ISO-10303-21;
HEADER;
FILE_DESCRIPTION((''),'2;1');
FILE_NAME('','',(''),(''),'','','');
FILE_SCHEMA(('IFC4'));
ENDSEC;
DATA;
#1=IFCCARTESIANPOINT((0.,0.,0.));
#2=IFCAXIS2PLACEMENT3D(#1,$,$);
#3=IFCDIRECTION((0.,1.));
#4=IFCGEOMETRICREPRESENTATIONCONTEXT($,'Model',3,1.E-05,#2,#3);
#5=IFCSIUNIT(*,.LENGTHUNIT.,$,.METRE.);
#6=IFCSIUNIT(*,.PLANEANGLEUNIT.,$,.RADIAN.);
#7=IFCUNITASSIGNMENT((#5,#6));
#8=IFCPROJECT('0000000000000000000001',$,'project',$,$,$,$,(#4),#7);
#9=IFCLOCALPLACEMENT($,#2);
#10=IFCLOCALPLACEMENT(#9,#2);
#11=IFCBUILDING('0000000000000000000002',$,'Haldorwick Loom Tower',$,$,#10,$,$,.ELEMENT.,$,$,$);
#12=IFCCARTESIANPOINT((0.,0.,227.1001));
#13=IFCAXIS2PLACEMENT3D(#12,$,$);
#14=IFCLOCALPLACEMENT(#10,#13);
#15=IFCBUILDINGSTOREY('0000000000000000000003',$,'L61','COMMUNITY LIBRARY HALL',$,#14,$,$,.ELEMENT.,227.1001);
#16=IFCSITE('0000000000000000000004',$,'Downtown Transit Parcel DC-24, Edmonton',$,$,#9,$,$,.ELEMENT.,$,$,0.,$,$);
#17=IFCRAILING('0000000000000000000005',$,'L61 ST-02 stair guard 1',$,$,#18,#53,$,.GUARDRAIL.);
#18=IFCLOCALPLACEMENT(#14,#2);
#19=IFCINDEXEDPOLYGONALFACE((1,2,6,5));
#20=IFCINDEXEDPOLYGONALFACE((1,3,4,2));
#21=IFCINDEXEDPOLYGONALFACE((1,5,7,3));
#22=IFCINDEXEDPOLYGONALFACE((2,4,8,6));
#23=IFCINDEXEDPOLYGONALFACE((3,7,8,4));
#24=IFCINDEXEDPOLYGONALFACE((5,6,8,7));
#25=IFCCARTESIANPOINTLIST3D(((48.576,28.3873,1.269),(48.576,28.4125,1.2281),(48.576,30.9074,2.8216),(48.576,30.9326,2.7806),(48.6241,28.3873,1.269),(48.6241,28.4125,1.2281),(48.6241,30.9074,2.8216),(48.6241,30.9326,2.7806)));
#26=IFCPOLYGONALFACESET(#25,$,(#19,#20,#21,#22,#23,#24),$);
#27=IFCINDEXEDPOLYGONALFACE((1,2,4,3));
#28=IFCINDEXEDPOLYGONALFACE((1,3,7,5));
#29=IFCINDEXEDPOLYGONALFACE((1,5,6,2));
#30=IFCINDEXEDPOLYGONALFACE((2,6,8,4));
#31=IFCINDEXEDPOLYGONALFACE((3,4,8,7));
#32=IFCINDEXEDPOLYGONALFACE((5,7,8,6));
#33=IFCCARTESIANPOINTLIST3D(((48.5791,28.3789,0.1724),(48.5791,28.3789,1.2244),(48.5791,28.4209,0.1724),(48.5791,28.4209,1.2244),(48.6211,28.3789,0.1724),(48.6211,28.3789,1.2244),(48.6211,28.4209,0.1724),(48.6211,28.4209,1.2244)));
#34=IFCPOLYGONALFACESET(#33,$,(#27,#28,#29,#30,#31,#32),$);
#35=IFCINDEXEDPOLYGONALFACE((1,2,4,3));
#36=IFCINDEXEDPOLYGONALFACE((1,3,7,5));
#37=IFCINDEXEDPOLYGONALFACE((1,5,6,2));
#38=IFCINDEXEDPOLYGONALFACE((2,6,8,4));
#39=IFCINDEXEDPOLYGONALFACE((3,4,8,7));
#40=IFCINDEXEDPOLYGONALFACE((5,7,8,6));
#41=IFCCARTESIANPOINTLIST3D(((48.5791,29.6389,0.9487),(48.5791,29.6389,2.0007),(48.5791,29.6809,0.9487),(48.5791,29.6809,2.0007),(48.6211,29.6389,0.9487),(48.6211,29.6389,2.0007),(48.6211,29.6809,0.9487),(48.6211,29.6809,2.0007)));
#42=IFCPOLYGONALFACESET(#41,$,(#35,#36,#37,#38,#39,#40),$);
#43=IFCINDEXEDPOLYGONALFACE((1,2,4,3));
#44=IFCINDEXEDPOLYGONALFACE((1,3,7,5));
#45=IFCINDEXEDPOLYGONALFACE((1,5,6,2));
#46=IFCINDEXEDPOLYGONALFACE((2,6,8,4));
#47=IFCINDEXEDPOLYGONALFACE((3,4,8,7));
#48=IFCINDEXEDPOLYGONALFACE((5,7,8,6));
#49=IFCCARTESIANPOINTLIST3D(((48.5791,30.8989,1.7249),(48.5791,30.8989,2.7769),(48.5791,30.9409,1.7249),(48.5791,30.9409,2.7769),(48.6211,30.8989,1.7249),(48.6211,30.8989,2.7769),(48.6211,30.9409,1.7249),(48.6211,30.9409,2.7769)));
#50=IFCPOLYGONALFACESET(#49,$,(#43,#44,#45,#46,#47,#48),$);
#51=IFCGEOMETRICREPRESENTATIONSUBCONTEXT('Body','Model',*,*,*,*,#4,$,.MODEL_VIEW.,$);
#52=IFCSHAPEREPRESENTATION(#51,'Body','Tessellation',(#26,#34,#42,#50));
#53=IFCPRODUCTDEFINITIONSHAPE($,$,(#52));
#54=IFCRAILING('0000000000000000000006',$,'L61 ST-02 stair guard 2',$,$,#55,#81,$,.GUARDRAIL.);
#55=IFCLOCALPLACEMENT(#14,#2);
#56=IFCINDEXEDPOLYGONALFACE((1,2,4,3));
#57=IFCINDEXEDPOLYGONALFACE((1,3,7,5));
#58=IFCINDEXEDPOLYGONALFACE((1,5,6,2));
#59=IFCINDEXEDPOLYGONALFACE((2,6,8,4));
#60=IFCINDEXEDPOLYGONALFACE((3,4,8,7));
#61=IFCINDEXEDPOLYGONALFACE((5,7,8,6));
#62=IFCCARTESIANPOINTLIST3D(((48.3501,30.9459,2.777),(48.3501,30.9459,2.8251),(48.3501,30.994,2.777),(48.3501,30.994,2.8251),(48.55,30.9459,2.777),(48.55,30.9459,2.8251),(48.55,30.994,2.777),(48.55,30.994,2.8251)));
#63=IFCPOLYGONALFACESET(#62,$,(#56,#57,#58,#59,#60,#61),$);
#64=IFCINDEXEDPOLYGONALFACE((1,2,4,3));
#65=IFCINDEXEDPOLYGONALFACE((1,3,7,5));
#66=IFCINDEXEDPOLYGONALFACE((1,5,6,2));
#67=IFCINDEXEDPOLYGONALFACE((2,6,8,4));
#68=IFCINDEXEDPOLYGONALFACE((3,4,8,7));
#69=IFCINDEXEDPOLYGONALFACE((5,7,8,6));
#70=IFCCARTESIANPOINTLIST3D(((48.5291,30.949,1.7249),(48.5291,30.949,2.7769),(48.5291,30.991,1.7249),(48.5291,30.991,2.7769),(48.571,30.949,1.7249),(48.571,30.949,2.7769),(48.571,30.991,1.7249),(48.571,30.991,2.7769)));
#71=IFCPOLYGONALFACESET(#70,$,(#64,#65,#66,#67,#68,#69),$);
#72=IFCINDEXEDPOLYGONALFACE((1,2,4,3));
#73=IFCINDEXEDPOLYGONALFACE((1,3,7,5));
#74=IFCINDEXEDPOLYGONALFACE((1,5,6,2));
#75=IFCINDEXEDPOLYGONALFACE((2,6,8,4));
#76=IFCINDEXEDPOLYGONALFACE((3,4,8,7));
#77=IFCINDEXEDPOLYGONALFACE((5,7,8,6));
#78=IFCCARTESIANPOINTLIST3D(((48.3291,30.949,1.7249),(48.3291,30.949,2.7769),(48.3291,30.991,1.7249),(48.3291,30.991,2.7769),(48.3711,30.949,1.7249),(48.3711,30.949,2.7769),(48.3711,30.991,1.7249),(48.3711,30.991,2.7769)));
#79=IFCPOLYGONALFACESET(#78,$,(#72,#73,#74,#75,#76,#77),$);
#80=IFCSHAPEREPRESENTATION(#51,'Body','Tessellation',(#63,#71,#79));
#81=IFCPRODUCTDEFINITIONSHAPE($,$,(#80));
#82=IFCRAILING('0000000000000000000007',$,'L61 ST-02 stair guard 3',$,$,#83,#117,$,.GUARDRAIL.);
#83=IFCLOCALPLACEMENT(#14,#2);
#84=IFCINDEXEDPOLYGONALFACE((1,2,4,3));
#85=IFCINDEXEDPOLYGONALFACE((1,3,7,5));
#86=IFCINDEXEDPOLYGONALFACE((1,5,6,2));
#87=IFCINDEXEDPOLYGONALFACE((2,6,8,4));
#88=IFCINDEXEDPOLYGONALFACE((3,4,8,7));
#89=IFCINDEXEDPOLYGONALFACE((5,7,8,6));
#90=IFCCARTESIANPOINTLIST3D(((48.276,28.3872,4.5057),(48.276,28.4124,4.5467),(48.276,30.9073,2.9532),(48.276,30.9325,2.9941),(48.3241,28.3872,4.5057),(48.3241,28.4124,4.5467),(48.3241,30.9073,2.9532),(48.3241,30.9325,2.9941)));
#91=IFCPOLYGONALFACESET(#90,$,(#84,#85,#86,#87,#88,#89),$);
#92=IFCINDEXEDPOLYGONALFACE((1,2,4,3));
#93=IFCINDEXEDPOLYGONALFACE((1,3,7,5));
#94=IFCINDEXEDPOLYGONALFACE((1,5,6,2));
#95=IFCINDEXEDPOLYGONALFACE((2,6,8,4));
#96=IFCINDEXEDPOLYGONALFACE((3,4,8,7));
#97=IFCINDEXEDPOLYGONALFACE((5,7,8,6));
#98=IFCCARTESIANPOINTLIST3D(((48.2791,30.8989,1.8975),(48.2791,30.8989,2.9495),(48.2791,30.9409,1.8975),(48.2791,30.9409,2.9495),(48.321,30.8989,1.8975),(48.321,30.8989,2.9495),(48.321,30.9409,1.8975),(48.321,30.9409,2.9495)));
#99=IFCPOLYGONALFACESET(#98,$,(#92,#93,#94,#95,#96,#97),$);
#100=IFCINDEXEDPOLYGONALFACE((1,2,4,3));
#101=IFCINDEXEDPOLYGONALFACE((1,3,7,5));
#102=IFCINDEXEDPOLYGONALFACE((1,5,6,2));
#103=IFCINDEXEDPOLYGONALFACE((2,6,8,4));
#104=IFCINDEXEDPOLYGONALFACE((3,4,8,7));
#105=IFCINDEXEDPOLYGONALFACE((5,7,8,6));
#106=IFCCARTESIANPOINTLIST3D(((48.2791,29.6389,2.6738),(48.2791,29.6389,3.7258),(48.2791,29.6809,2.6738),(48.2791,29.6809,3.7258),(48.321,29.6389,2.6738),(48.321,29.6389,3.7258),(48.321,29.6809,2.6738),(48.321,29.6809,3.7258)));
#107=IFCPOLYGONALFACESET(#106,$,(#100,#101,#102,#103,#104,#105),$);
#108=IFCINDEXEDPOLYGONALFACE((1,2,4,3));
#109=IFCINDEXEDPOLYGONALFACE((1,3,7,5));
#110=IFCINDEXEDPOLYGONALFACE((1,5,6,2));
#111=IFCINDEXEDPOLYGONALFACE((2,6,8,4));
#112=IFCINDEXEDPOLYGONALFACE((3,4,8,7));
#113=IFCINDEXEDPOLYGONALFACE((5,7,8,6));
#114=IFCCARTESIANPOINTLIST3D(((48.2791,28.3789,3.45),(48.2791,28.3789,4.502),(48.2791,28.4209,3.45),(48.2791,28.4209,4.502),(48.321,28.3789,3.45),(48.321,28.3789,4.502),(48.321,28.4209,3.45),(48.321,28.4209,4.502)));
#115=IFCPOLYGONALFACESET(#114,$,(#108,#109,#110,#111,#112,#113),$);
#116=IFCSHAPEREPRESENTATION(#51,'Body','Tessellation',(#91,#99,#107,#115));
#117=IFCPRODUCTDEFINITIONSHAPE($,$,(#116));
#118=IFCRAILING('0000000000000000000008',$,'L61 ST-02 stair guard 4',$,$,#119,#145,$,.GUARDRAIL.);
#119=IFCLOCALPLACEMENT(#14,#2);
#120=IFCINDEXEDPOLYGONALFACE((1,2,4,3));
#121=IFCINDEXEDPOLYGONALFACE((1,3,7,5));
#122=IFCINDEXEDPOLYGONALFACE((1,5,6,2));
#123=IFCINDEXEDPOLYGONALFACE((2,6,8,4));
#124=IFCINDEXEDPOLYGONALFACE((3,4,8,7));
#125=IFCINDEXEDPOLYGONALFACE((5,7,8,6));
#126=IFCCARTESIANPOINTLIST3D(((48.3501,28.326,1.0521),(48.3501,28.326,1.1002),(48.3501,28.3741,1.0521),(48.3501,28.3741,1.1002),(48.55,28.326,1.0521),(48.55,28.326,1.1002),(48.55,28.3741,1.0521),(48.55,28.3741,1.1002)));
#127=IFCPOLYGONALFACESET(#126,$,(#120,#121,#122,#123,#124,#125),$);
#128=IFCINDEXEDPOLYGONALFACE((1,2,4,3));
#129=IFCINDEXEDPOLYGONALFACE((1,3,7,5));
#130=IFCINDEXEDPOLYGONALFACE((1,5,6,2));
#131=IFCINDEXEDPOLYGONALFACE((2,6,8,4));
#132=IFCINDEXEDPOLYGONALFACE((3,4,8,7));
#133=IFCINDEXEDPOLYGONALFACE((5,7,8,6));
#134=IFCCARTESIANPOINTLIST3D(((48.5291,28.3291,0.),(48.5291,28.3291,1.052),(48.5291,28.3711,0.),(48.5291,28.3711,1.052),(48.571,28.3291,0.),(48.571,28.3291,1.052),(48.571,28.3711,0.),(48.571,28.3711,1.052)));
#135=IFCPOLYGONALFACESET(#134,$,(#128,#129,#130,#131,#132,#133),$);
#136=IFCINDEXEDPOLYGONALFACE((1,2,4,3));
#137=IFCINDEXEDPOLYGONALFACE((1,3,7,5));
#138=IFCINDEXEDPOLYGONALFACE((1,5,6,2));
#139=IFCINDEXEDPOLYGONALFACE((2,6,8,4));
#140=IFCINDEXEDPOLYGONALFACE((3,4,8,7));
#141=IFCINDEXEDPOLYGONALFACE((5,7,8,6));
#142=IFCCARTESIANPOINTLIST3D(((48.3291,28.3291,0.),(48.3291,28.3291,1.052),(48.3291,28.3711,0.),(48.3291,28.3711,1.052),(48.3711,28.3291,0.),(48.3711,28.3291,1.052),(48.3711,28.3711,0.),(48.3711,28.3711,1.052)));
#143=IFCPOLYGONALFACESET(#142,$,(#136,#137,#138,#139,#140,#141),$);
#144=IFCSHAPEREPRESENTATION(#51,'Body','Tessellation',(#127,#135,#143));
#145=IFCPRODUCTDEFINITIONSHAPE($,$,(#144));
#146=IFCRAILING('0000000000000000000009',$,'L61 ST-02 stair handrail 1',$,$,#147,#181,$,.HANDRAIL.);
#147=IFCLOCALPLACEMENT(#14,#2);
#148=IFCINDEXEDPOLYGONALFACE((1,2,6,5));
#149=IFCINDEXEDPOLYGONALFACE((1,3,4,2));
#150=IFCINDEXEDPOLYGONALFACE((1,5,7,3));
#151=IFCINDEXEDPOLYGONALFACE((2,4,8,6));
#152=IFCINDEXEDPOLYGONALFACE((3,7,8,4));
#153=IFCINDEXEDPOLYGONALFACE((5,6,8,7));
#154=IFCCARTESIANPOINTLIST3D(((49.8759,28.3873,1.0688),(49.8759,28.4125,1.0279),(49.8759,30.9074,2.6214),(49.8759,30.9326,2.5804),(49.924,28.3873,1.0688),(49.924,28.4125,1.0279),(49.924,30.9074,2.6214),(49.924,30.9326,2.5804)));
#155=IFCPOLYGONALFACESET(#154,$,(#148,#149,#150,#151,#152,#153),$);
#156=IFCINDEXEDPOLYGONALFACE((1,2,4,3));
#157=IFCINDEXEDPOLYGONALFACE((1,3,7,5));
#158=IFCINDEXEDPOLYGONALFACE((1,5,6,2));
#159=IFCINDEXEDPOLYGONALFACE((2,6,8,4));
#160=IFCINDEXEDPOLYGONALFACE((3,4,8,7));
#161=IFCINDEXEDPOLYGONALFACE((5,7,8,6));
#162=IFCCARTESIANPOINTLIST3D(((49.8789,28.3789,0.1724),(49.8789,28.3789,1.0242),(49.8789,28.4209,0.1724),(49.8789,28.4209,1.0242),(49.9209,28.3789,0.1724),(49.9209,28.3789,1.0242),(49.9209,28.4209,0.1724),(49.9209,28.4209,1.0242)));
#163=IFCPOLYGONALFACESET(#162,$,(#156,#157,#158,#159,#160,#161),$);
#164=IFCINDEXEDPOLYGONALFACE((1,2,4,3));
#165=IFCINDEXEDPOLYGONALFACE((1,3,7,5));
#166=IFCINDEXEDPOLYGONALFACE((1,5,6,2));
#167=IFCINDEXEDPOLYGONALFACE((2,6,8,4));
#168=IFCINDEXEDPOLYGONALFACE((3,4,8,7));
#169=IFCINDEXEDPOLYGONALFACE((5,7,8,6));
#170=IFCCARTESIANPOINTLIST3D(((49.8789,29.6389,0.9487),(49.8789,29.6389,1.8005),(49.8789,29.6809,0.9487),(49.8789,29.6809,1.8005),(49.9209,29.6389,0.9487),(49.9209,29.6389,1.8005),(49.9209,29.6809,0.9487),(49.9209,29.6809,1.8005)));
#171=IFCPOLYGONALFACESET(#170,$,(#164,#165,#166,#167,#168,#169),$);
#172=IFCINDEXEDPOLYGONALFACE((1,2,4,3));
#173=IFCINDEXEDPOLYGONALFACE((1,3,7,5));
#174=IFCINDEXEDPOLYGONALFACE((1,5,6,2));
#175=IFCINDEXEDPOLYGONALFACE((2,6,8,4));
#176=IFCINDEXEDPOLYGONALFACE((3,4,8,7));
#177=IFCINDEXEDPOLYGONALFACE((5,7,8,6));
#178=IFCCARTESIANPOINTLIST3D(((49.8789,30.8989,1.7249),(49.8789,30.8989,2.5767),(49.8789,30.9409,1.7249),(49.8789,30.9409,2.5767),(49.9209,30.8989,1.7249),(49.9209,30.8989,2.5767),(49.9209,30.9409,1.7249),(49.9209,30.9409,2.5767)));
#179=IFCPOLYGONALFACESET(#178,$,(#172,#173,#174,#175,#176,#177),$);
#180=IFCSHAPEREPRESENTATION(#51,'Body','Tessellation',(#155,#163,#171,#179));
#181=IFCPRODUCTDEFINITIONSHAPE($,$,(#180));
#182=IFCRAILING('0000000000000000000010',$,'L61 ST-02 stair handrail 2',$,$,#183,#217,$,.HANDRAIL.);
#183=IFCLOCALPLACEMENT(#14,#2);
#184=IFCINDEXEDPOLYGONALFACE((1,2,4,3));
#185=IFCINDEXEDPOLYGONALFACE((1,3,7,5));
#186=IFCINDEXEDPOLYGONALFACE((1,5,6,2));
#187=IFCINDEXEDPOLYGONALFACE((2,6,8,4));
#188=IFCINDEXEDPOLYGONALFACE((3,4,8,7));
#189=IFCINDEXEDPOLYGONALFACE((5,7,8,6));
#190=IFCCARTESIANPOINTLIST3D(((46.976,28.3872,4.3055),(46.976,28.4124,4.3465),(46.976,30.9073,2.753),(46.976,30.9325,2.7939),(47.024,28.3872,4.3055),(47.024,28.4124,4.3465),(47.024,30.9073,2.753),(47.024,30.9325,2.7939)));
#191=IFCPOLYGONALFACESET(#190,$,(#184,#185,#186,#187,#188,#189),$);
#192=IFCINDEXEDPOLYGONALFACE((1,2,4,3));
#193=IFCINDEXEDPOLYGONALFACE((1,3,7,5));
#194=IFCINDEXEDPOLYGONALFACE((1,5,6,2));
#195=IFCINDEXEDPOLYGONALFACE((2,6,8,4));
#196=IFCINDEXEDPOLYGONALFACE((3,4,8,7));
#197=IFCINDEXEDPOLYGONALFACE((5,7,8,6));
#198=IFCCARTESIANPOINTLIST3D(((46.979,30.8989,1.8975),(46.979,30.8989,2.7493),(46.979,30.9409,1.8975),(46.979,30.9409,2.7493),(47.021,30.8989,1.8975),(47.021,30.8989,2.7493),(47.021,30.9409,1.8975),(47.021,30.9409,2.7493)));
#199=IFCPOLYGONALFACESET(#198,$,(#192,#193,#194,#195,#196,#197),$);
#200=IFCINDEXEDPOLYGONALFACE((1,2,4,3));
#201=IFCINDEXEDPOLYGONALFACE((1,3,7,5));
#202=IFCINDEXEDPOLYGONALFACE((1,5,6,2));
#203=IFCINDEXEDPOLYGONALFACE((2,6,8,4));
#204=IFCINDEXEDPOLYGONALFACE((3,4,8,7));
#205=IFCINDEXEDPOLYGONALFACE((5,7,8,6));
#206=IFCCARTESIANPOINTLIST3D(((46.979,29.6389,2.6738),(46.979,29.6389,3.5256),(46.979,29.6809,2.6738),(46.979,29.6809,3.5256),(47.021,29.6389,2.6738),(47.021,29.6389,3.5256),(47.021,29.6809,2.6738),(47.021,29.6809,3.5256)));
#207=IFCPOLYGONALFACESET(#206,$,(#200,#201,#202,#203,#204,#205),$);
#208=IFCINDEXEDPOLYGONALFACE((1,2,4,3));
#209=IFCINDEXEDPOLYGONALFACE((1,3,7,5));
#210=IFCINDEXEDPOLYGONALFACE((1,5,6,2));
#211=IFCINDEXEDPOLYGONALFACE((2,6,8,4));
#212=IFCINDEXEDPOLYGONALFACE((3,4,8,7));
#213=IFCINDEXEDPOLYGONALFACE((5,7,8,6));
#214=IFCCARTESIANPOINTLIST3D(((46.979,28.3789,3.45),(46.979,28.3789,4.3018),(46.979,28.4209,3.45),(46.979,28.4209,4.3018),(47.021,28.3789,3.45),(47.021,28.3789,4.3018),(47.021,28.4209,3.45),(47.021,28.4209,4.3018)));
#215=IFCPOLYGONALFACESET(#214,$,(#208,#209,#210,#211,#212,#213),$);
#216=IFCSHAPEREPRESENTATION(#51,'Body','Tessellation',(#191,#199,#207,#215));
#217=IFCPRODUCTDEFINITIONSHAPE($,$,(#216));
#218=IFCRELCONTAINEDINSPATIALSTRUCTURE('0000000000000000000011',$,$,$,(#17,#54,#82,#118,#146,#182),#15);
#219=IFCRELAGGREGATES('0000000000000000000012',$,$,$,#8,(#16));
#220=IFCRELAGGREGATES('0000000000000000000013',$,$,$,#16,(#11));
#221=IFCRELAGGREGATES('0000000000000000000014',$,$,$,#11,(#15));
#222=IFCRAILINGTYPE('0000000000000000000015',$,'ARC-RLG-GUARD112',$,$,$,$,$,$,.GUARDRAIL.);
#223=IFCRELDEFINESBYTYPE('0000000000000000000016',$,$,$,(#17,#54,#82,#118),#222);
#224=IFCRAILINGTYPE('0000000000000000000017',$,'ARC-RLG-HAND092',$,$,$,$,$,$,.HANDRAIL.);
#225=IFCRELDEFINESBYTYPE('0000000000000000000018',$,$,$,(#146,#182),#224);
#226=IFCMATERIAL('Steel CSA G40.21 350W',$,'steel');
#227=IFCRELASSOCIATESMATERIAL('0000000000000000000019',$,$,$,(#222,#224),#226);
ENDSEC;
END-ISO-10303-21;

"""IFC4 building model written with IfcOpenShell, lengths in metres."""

from ifc_helpers import new_model, si_unit, direction, frame, origin, origin_2d, place, context, subcontext, project, spatial, rectangle, extrude, material, type_object, element, save


model = new_model("IFC4")

# Units and contexts
model_context = context("Model", 3, precision=1e-05, world=origin(), true_north=direction((0.0, 1.0)))
body_context = subcontext(model_context, "Body", "Model", "MODEL_VIEW")
ifc_project = project(units=[si_unit("LENGTHUNIT", "METRE"), si_unit("PLANEANGLEUNIT", "RADIAN")], contexts=[model_context])

# Site, building, storey
site_placement = place(None, origin())
site = spatial("IfcSite", under=ifc_project, at=site_placement, Name="Downtown Transit Parcel DC-24, Edmonton", CompositionType="ELEMENT", RefElevation=0.0)
building_placement = place(site_placement, origin())
building = spatial("IfcBuilding", under=site, at=building_placement, Name="Haldorwick Loom Tower", CompositionType="ELEMENT")
storey_placement = place(building_placement, frame((0.0, 0.0, 227.1001)))
storey = spatial("IfcBuildingStorey", under=building, at=storey_placement, Name="L61", Description="COMMUNITY LIBRARY HALL", CompositionType="ELEMENT", Elevation=227.1001)

# Shared definitions
ifc_material_1 = material(Name="Steel CSA G40.21 350W", Category="steel")

# Railings
railing_type_1 = type_object("IfcRailingType", Name="ARC-RLG-GUARD112", PredefinedType="GUARDRAIL", material=ifc_material_1)
railing_1_placement = place(storey_placement, frame((48.6001, 28.3999, 0.1724)))
element("IfcRailing", 1, at=railing_1_placement, inside=storey, type_object=railing_type_1, Name="L61 ST-02 stair guard 1", PredefinedType="GUARDRAIL", context=body_context, shape_type="SweptSolid", body=[
    extrude(rectangle(XDim=0.0481, YDim=0.0481, at=origin_2d()), frame((0.0, 0.0, 1.0762), z_axis=(0.0, 0.8514, 0.524516), x_axis=(-1.0, 0.0, 0.0)), (0.0, 0.0, 1.0), 2.96),
    extrude(rectangle(XDim=0.042, YDim=0.042, at=origin_2d()), origin(), (0.0, 0.0, 1.0), 1.052),
    extrude(rectangle(XDim=0.042, YDim=0.042, at=origin_2d()), frame((0.0, 1.26, 0.7764)), (0.0, 0.0, 1.0), 1.052),
    extrude(rectangle(XDim=0.042, YDim=0.042, at=origin_2d()), frame((0.0, 2.52, 1.5525)), (0.0, 0.0, 1.0), 1.052),
])
railing_2_placement = place(storey_placement, frame((48.55, 30.97, 1.7249)))
element("IfcRailing", 2, at=railing_2_placement, inside=storey, type_object=railing_type_1, Name="L61 ST-02 stair guard 2", PredefinedType="GUARDRAIL", context=body_context, shape_type="SweptSolid", body=[
    extrude(rectangle(XDim=0.0481, YDim=0.0481, at=origin_2d()), frame((0.0, 0.0, 1.0762), z_axis=(-1.0, 0.0, 0.0), x_axis=(0.0, -1.0, 0.0)), (0.0, 0.0, 1.0), 0.2),
    extrude(rectangle(XDim=0.042, YDim=0.042, at=origin_2d()), origin(), (0.0, 0.0, 1.0), 1.052),
    extrude(rectangle(XDim=0.042, YDim=0.042, at=origin_2d()), frame((-0.2, 0.0, 0.0)), (0.0, 0.0, 1.0), 1.052),
])
railing_3_placement = place(storey_placement, frame((48.3, 30.9199, 1.8975)))
element("IfcRailing", 3, at=railing_3_placement, inside=storey, type_object=railing_type_1, Name="L61 ST-02 stair guard 3", PredefinedType="GUARDRAIL", context=body_context, shape_type="SweptSolid", body=[
    extrude(rectangle(XDim=0.0481, YDim=0.0481, at=origin_2d()), frame((0.0, 0.0, 1.0762), z_axis=(0.0, -0.8514, 0.524516), x_axis=(1.0, 0.0, 0.0)), (0.0, 0.0, 1.0), 2.96),
    extrude(rectangle(XDim=0.042, YDim=0.042, at=origin_2d()), origin(), (0.0, 0.0, 1.0), 1.052),
    extrude(rectangle(XDim=0.042, YDim=0.042, at=origin_2d()), frame((0.0, -1.26, 0.7764)), (0.0, 0.0, 1.0), 1.052),
    extrude(rectangle(XDim=0.042, YDim=0.042, at=origin_2d()), frame((0.0, -2.52, 1.5525)), (0.0, 0.0, 1.0), 1.052),
])
railing_4_placement = place(storey_placement, frame((48.55, 28.3501, 0.0)))
element("IfcRailing", 4, at=railing_4_placement, inside=storey, type_object=railing_type_1, Name="L61 ST-02 stair guard 4", PredefinedType="GUARDRAIL", context=body_context, shape_type="SweptSolid", body=[
    extrude(rectangle(XDim=0.0481, YDim=0.0481, at=origin_2d()), frame((0.0, 0.0, 1.0762), z_axis=(-1.0, 0.0, 0.0), x_axis=(0.0, -1.0, 0.0)), (0.0, 0.0, 1.0), 0.2),
    extrude(rectangle(XDim=0.042, YDim=0.042, at=origin_2d()), origin(), (0.0, 0.0, 1.0), 1.052),
    extrude(rectangle(XDim=0.042, YDim=0.042, at=origin_2d()), frame((-0.2, 0.0, 0.0)), (0.0, 0.0, 1.0), 1.052),
])
railing_type_2 = type_object("IfcRailingType", Name="ARC-RLG-HAND092", PredefinedType="HANDRAIL", material=ifc_material_1)
railing_5_placement = place(storey_placement, frame((49.8999, 28.3999, 0.1724)))
element("IfcRailing", 5, at=railing_5_placement, inside=storey, type_object=railing_type_2, Name="L61 ST-02 stair handrail 1", PredefinedType="HANDRAIL", context=body_context, shape_type="SweptSolid", body=[
    extrude(rectangle(XDim=0.0481, YDim=0.0481, at=origin_2d()), frame((0.0, 0.0, 0.876), z_axis=(0.0, 0.8514, 0.524516), x_axis=(-1.0, 0.0, 0.0)), (0.0, 0.0, 1.0), 2.96),
    extrude(rectangle(XDim=0.042, YDim=0.042, at=origin_2d()), origin(), (0.0, 0.0, 1.0), 0.8518),
    extrude(rectangle(XDim=0.042, YDim=0.042, at=origin_2d()), frame((0.0, 1.26, 0.7764)), (0.0, 0.0, 1.0), 0.8518),
    extrude(rectangle(XDim=0.042, YDim=0.042, at=origin_2d()), frame((0.0, 2.52, 1.5525)), (0.0, 0.0, 1.0), 0.8518),
])
railing_6_placement = place(storey_placement, frame((47.0, 30.9199, 1.8975)))
element("IfcRailing", 6, at=railing_6_placement, inside=storey, type_object=railing_type_2, Name="L61 ST-02 stair handrail 2", PredefinedType="HANDRAIL", context=body_context, shape_type="SweptSolid", body=[
    extrude(rectangle(XDim=0.0481, YDim=0.0481, at=origin_2d()), frame((0.0, 0.0, 0.876), z_axis=(0.0, -0.8514, 0.524516), x_axis=(1.0, 0.0, 0.0)), (0.0, 0.0, 1.0), 2.96),
    extrude(rectangle(XDim=0.042, YDim=0.042, at=origin_2d()), origin(), (0.0, 0.0, 1.0), 0.8518),
    extrude(rectangle(XDim=0.042, YDim=0.042, at=origin_2d()), frame((0.0, -1.26, 0.7764)), (0.0, 0.0, 1.0), 0.8518),
    extrude(rectangle(XDim=0.042, YDim=0.042, at=origin_2d()), frame((0.0, -2.52, 1.5525)), (0.0, 0.0, 1.0), 0.8518),
])

save(model, "model.ifc")
